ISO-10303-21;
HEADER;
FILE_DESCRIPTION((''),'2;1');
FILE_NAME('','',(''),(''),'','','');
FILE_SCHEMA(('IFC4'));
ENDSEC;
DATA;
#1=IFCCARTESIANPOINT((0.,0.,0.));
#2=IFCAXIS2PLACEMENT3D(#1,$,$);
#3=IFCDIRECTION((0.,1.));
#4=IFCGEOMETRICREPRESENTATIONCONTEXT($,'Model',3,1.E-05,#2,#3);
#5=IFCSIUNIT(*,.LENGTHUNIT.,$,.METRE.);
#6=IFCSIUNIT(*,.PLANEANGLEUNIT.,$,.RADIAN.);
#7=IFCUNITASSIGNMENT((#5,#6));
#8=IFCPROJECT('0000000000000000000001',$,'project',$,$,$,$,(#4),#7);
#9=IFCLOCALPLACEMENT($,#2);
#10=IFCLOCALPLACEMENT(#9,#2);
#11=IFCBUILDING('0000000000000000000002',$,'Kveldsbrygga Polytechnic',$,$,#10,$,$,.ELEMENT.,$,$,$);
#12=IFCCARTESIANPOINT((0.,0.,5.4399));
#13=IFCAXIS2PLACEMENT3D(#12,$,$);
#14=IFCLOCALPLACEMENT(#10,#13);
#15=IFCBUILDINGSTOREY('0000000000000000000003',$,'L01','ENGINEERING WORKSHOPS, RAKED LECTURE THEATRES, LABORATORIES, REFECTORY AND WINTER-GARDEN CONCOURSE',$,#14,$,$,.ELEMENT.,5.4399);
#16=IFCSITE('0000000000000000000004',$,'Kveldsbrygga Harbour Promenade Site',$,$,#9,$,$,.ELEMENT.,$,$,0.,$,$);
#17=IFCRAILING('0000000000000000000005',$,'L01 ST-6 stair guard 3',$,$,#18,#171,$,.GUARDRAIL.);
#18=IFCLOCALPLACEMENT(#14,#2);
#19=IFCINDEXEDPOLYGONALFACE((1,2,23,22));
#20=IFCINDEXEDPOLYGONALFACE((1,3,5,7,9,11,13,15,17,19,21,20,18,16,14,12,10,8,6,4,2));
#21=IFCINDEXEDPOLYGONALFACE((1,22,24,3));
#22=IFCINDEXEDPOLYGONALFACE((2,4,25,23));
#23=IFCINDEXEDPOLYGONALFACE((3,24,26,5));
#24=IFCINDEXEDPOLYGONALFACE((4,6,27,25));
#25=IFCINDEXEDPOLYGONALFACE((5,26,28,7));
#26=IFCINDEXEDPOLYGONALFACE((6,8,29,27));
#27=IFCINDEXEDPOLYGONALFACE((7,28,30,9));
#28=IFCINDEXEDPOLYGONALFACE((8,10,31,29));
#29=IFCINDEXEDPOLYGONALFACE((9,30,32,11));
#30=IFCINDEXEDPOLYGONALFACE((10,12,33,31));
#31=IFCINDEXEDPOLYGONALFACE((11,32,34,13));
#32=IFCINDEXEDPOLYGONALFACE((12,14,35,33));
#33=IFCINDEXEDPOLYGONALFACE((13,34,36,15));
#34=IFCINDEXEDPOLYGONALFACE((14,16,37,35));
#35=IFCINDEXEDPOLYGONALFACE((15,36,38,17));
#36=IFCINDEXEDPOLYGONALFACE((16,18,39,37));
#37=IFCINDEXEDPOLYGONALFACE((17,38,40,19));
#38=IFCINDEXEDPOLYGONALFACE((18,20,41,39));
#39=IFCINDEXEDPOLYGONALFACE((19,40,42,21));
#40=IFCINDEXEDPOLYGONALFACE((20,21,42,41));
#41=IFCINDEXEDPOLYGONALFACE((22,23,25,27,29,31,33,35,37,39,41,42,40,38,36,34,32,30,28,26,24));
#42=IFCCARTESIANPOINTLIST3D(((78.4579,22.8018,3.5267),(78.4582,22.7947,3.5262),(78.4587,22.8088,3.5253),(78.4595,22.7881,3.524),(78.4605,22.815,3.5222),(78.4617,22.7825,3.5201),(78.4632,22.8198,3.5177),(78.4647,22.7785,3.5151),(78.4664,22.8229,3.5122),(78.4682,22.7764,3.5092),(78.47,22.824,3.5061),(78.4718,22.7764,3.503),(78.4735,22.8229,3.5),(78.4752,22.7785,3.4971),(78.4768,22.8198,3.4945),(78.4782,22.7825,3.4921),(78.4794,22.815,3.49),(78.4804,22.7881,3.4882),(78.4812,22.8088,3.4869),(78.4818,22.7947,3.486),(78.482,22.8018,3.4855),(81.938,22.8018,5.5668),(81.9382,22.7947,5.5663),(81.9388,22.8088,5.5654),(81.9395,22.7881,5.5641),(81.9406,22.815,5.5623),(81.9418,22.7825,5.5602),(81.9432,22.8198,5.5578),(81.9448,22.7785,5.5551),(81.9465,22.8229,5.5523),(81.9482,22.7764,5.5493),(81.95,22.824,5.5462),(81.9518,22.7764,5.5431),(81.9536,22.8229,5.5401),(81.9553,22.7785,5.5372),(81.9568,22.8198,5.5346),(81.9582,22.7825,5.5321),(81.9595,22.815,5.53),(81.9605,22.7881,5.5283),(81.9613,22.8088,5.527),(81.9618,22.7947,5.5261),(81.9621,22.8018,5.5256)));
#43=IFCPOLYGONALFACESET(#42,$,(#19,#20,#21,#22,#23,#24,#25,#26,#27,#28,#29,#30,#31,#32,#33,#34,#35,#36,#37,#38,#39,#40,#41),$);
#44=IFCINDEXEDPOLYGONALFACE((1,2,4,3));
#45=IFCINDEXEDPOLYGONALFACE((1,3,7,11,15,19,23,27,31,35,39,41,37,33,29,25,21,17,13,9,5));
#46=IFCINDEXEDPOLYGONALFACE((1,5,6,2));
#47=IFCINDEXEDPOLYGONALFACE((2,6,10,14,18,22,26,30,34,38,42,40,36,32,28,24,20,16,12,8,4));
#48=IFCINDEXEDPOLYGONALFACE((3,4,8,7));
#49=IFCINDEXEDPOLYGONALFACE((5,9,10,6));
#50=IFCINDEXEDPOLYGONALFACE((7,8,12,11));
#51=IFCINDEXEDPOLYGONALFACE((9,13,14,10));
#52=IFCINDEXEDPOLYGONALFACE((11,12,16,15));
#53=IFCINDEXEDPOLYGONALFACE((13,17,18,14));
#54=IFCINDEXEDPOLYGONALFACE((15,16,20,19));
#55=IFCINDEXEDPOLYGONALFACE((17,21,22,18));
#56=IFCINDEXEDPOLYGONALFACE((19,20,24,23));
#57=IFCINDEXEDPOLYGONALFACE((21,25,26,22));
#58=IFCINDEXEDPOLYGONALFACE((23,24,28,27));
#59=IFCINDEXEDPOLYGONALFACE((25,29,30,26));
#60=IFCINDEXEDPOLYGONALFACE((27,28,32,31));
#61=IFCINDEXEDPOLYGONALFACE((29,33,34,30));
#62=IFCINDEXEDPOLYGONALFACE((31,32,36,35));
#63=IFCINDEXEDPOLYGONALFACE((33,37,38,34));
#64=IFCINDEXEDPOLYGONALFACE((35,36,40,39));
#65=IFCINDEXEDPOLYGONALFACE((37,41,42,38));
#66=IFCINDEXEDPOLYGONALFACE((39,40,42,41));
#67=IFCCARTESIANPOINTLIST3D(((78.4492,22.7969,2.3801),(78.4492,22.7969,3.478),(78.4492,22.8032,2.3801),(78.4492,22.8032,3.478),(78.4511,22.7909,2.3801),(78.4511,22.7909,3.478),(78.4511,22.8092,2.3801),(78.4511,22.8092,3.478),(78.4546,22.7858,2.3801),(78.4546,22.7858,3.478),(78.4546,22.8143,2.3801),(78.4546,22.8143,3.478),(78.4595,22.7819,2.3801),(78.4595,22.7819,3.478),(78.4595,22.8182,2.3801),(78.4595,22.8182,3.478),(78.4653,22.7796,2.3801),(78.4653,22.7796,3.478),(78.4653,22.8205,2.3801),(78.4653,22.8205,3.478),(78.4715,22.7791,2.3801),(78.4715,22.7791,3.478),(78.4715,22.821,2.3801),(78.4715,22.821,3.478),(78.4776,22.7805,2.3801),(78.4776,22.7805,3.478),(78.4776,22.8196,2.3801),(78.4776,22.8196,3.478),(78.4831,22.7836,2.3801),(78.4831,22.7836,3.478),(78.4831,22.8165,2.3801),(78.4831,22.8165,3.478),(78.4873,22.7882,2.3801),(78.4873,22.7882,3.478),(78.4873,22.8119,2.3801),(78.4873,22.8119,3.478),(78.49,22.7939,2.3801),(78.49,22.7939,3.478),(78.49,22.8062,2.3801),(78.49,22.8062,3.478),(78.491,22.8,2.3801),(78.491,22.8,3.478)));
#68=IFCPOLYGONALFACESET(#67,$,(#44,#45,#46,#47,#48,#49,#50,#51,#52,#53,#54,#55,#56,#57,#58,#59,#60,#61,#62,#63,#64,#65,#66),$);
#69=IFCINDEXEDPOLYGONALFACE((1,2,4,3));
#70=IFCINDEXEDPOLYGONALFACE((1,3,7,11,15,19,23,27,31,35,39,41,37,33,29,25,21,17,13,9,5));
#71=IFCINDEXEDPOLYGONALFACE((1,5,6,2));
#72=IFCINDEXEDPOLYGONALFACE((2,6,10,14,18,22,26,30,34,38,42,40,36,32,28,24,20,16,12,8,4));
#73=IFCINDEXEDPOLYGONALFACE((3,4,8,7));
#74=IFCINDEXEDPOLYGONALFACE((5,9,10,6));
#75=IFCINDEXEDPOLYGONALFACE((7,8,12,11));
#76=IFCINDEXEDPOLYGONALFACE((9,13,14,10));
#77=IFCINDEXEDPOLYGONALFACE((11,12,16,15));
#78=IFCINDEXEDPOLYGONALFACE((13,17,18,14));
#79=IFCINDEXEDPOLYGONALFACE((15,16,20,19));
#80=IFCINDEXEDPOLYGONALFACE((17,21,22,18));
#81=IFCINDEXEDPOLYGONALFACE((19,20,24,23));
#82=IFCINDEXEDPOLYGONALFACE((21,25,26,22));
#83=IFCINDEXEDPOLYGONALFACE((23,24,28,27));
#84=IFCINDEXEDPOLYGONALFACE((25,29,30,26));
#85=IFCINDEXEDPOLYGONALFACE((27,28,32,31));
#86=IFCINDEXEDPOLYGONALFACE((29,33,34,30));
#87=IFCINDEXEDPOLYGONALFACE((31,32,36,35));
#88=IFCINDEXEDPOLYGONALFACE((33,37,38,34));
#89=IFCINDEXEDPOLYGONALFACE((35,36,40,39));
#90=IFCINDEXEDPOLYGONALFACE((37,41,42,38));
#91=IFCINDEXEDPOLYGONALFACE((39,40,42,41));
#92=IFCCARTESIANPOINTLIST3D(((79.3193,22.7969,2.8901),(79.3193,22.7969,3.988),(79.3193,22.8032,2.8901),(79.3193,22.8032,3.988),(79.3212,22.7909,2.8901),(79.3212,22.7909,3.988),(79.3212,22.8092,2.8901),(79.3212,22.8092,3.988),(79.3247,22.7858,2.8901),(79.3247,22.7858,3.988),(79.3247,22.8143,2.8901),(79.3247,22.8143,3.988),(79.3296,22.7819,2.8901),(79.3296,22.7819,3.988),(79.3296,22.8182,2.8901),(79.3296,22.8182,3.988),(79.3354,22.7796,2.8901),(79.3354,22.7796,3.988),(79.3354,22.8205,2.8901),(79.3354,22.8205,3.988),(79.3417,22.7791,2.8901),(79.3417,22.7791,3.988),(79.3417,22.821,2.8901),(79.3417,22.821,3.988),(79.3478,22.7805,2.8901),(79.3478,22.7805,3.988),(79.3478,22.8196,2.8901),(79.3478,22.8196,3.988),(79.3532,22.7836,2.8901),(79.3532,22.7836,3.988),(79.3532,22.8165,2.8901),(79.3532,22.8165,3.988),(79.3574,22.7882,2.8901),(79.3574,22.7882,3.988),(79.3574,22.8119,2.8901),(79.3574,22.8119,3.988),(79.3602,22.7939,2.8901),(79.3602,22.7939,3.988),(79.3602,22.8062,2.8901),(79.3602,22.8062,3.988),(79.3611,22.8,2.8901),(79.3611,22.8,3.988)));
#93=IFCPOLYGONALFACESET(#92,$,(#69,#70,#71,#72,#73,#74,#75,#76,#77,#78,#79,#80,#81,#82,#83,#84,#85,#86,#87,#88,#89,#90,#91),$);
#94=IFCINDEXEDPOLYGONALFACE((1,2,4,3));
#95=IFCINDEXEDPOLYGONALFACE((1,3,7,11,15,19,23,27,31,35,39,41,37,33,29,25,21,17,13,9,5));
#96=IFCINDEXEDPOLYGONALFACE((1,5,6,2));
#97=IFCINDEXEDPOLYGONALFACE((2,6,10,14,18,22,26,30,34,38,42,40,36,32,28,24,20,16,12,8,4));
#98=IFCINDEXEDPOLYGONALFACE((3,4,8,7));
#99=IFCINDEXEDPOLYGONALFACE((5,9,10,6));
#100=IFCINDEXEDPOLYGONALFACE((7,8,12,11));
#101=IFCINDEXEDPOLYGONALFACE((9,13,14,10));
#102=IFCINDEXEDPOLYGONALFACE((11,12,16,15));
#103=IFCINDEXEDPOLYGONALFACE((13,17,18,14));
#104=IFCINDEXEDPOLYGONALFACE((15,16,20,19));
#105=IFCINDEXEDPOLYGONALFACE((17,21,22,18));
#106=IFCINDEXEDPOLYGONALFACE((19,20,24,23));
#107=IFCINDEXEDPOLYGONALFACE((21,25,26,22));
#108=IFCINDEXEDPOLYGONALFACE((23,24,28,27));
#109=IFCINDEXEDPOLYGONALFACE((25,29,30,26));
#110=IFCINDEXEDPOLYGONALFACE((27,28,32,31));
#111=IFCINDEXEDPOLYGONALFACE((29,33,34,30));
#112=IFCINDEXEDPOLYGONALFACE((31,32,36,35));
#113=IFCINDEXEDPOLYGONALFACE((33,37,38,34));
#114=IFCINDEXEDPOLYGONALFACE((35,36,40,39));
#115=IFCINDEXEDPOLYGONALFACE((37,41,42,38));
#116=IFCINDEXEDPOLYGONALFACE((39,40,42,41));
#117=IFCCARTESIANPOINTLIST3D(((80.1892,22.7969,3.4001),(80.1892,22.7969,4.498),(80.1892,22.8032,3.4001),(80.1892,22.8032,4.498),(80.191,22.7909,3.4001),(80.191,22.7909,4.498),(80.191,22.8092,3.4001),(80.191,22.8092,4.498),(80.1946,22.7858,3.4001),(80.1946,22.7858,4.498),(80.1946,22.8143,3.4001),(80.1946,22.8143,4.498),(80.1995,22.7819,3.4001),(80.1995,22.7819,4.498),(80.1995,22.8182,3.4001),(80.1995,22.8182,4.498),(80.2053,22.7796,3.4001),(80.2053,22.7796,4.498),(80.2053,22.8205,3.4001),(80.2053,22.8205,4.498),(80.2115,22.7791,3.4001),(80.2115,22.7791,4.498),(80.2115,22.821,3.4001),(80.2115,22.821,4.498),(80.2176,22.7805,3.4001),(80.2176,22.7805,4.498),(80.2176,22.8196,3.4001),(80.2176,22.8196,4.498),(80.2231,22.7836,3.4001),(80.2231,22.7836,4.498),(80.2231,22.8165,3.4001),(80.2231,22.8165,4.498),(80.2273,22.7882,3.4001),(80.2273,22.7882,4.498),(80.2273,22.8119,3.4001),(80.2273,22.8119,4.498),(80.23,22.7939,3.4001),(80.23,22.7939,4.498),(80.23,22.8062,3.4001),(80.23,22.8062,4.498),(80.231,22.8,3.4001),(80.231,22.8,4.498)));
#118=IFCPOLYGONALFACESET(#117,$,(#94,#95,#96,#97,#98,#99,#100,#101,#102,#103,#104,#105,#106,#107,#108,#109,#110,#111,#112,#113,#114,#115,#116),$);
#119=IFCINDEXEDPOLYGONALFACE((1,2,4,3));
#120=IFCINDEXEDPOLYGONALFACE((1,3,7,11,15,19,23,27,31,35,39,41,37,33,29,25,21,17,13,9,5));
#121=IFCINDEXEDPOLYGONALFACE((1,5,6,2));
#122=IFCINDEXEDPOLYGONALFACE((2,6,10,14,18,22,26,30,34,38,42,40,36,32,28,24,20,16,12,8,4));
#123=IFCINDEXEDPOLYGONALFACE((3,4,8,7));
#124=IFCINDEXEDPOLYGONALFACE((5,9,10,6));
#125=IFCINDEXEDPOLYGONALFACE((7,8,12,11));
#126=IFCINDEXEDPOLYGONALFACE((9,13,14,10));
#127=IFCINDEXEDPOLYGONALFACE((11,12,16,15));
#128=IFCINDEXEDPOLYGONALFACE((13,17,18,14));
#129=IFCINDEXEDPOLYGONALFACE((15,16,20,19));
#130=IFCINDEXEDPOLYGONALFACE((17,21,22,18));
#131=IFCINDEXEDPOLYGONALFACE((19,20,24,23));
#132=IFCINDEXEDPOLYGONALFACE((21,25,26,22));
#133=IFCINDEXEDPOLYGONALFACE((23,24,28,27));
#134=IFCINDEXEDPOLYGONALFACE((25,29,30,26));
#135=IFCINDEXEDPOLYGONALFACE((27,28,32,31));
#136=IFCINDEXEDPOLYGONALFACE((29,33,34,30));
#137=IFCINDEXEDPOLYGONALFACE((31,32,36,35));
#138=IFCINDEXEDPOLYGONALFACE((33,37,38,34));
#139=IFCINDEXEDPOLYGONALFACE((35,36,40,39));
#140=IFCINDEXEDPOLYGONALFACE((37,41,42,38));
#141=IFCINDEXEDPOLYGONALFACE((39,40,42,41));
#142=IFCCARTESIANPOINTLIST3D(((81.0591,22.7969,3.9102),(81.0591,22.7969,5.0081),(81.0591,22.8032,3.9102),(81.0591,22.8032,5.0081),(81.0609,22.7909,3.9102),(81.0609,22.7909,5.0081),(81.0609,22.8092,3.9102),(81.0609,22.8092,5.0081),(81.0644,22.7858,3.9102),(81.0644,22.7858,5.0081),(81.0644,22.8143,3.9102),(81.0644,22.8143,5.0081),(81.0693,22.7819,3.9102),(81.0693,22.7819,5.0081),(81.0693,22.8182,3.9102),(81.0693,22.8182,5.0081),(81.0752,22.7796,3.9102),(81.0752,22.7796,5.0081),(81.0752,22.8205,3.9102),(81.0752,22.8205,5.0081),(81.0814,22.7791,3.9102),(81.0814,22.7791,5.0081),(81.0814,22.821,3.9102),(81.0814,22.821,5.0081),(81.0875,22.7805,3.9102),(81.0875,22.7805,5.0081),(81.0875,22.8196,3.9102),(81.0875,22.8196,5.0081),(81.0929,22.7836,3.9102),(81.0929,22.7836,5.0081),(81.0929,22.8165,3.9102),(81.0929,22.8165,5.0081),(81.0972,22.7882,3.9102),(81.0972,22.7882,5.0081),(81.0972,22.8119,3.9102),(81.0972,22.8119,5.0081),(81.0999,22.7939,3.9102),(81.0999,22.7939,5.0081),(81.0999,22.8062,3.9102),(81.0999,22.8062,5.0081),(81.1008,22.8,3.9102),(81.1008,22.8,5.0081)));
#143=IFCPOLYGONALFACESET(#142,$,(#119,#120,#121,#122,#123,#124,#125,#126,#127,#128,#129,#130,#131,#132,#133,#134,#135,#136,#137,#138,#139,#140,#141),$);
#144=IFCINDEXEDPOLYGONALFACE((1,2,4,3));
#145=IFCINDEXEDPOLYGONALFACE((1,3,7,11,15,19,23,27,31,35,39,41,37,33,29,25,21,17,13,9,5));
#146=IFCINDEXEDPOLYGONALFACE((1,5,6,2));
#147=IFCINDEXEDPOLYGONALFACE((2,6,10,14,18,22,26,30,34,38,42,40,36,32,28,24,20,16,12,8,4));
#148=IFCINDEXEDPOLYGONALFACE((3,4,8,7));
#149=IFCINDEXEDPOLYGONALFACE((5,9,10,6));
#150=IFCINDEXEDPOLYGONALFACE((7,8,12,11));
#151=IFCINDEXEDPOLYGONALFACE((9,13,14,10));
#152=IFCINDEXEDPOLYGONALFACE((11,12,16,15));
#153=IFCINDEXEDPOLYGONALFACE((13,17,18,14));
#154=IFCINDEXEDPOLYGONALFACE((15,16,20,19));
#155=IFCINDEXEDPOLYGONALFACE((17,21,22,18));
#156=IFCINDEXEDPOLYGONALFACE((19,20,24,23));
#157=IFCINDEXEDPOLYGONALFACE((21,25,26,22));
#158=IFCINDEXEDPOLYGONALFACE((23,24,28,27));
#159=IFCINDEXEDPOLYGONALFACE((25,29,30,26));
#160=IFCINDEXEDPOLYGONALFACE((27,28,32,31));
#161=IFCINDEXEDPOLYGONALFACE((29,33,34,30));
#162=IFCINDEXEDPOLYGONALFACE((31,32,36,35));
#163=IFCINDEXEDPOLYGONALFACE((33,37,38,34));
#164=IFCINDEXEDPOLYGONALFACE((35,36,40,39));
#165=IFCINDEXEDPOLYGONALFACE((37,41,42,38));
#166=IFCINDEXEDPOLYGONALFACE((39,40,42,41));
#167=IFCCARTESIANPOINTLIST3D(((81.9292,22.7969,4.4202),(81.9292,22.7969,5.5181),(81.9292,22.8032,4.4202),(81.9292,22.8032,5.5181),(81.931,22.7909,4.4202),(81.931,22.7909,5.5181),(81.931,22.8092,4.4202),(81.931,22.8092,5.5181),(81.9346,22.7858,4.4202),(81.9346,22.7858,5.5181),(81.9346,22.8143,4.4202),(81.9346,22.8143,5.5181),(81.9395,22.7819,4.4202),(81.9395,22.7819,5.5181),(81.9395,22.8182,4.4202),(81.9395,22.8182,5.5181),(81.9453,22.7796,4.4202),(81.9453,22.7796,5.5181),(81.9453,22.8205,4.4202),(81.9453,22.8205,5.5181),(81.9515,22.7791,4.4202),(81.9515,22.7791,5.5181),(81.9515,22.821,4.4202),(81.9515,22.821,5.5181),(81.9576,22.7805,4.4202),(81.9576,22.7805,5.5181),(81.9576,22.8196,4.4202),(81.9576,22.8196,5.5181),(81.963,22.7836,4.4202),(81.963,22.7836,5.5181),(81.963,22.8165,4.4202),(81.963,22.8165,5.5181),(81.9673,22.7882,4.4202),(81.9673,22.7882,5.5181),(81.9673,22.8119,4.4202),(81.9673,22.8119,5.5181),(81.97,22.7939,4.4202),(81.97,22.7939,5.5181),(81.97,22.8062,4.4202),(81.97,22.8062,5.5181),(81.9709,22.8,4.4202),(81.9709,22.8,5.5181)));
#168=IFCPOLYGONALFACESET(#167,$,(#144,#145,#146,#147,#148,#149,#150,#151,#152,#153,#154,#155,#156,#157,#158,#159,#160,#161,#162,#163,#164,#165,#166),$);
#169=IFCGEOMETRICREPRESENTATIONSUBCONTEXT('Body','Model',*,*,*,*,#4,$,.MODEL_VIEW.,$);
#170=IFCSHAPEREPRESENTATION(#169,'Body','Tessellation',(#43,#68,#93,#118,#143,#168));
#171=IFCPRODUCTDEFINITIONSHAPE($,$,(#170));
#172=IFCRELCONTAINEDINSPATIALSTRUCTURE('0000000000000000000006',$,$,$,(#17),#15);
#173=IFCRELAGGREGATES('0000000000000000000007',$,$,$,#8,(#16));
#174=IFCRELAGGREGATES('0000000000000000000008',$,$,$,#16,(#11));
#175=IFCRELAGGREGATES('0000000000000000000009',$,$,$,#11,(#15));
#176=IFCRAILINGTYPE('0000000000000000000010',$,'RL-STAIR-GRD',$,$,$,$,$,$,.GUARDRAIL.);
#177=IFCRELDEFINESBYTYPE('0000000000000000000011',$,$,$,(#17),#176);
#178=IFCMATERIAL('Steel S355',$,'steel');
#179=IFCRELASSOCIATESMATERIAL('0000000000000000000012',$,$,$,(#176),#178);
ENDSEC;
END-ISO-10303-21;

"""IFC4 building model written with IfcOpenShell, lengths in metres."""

from ifc_helpers import new_model, si_unit, direction, frame, origin, origin_2d, place, context, subcontext, project, spatial, circle, extrude, material, type_object, element, save


model = new_model("IFC4")

# Units and contexts
model_context = context("Model", 3, precision=1e-05, world=origin(), true_north=direction((0.0, 1.0)))
body_context = subcontext(model_context, "Body", "Model", "MODEL_VIEW")
ifc_project = project(units=[si_unit("LENGTHUNIT", "METRE"), si_unit("PLANEANGLEUNIT", "RADIAN")], contexts=[model_context])

# Site, building, storey
site_placement = place(None, origin())
site = spatial("IfcSite", under=ifc_project, at=site_placement, Name="Kveldsbrygga Harbour Promenade Site", CompositionType="ELEMENT", RefElevation=0.0)
building_placement = place(site_placement, origin())
building = spatial("IfcBuilding", under=site, at=building_placement, Name="Kveldsbrygga Polytechnic", CompositionType="ELEMENT")
storey_placement = place(building_placement, frame((0.0, 0.0, 5.4399)))
storey = spatial("IfcBuildingStorey", under=building, at=storey_placement, Name="L01", Description="ENGINEERING WORKSHOPS, RAKED LECTURE THEATRES, LABORATORIES, REFECTORY AND WINTER-GARDEN CONCOURSE", CompositionType="ELEMENT", Elevation=5.4399)

# Shared definitions
ifc_material_1 = material(Name="Steel S355", Category="steel")

# Railing
railing_type_1 = type_object("IfcRailingType", Name="RL-STAIR-GRD", PredefinedType="GUARDRAIL", material=ifc_material_1)
railing_1_placement = place(storey_placement, frame((78.47, 22.8, 2.3801)))
element("IfcRailing", 1, at=railing_1_placement, inside=storey, type_object=railing_type_1, Name="L01 ST-6 stair guard 3", PredefinedType="GUARDRAIL", context=body_context, shape_type="SweptSolid", body=[
    extrude(circle(Radius=0.0239, at=origin_2d()), frame((0.0, 0.0, 1.126), z_axis=(0.862693, 0.0, 0.505729), x_axis=(0.0, 1.0, 0.0)), (0.0, 0.0, 1.0), 4.0339),
    extrude(circle(Radius=0.021, at=origin_2d()), origin(), (0.0, 0.0, 1.0), 1.0979),
    extrude(circle(Radius=0.021, at=origin_2d()), frame((0.8701, 0.0, 0.51)), (0.0, 0.0, 1.0), 1.0979),
    extrude(circle(Radius=0.021, at=origin_2d()), frame((1.74, 0.0, 1.02)), (0.0, 0.0, 1.0), 1.0979),
    extrude(circle(Radius=0.021, at=origin_2d()), frame((2.6099, 0.0, 1.53)), (0.0, 0.0, 1.0), 1.0979),
    extrude(circle(Radius=0.021, at=origin_2d()), frame((3.48, 0.0, 2.04)), (0.0, 0.0, 1.0), 1.0979),
])

save(model, "model.ifc")
